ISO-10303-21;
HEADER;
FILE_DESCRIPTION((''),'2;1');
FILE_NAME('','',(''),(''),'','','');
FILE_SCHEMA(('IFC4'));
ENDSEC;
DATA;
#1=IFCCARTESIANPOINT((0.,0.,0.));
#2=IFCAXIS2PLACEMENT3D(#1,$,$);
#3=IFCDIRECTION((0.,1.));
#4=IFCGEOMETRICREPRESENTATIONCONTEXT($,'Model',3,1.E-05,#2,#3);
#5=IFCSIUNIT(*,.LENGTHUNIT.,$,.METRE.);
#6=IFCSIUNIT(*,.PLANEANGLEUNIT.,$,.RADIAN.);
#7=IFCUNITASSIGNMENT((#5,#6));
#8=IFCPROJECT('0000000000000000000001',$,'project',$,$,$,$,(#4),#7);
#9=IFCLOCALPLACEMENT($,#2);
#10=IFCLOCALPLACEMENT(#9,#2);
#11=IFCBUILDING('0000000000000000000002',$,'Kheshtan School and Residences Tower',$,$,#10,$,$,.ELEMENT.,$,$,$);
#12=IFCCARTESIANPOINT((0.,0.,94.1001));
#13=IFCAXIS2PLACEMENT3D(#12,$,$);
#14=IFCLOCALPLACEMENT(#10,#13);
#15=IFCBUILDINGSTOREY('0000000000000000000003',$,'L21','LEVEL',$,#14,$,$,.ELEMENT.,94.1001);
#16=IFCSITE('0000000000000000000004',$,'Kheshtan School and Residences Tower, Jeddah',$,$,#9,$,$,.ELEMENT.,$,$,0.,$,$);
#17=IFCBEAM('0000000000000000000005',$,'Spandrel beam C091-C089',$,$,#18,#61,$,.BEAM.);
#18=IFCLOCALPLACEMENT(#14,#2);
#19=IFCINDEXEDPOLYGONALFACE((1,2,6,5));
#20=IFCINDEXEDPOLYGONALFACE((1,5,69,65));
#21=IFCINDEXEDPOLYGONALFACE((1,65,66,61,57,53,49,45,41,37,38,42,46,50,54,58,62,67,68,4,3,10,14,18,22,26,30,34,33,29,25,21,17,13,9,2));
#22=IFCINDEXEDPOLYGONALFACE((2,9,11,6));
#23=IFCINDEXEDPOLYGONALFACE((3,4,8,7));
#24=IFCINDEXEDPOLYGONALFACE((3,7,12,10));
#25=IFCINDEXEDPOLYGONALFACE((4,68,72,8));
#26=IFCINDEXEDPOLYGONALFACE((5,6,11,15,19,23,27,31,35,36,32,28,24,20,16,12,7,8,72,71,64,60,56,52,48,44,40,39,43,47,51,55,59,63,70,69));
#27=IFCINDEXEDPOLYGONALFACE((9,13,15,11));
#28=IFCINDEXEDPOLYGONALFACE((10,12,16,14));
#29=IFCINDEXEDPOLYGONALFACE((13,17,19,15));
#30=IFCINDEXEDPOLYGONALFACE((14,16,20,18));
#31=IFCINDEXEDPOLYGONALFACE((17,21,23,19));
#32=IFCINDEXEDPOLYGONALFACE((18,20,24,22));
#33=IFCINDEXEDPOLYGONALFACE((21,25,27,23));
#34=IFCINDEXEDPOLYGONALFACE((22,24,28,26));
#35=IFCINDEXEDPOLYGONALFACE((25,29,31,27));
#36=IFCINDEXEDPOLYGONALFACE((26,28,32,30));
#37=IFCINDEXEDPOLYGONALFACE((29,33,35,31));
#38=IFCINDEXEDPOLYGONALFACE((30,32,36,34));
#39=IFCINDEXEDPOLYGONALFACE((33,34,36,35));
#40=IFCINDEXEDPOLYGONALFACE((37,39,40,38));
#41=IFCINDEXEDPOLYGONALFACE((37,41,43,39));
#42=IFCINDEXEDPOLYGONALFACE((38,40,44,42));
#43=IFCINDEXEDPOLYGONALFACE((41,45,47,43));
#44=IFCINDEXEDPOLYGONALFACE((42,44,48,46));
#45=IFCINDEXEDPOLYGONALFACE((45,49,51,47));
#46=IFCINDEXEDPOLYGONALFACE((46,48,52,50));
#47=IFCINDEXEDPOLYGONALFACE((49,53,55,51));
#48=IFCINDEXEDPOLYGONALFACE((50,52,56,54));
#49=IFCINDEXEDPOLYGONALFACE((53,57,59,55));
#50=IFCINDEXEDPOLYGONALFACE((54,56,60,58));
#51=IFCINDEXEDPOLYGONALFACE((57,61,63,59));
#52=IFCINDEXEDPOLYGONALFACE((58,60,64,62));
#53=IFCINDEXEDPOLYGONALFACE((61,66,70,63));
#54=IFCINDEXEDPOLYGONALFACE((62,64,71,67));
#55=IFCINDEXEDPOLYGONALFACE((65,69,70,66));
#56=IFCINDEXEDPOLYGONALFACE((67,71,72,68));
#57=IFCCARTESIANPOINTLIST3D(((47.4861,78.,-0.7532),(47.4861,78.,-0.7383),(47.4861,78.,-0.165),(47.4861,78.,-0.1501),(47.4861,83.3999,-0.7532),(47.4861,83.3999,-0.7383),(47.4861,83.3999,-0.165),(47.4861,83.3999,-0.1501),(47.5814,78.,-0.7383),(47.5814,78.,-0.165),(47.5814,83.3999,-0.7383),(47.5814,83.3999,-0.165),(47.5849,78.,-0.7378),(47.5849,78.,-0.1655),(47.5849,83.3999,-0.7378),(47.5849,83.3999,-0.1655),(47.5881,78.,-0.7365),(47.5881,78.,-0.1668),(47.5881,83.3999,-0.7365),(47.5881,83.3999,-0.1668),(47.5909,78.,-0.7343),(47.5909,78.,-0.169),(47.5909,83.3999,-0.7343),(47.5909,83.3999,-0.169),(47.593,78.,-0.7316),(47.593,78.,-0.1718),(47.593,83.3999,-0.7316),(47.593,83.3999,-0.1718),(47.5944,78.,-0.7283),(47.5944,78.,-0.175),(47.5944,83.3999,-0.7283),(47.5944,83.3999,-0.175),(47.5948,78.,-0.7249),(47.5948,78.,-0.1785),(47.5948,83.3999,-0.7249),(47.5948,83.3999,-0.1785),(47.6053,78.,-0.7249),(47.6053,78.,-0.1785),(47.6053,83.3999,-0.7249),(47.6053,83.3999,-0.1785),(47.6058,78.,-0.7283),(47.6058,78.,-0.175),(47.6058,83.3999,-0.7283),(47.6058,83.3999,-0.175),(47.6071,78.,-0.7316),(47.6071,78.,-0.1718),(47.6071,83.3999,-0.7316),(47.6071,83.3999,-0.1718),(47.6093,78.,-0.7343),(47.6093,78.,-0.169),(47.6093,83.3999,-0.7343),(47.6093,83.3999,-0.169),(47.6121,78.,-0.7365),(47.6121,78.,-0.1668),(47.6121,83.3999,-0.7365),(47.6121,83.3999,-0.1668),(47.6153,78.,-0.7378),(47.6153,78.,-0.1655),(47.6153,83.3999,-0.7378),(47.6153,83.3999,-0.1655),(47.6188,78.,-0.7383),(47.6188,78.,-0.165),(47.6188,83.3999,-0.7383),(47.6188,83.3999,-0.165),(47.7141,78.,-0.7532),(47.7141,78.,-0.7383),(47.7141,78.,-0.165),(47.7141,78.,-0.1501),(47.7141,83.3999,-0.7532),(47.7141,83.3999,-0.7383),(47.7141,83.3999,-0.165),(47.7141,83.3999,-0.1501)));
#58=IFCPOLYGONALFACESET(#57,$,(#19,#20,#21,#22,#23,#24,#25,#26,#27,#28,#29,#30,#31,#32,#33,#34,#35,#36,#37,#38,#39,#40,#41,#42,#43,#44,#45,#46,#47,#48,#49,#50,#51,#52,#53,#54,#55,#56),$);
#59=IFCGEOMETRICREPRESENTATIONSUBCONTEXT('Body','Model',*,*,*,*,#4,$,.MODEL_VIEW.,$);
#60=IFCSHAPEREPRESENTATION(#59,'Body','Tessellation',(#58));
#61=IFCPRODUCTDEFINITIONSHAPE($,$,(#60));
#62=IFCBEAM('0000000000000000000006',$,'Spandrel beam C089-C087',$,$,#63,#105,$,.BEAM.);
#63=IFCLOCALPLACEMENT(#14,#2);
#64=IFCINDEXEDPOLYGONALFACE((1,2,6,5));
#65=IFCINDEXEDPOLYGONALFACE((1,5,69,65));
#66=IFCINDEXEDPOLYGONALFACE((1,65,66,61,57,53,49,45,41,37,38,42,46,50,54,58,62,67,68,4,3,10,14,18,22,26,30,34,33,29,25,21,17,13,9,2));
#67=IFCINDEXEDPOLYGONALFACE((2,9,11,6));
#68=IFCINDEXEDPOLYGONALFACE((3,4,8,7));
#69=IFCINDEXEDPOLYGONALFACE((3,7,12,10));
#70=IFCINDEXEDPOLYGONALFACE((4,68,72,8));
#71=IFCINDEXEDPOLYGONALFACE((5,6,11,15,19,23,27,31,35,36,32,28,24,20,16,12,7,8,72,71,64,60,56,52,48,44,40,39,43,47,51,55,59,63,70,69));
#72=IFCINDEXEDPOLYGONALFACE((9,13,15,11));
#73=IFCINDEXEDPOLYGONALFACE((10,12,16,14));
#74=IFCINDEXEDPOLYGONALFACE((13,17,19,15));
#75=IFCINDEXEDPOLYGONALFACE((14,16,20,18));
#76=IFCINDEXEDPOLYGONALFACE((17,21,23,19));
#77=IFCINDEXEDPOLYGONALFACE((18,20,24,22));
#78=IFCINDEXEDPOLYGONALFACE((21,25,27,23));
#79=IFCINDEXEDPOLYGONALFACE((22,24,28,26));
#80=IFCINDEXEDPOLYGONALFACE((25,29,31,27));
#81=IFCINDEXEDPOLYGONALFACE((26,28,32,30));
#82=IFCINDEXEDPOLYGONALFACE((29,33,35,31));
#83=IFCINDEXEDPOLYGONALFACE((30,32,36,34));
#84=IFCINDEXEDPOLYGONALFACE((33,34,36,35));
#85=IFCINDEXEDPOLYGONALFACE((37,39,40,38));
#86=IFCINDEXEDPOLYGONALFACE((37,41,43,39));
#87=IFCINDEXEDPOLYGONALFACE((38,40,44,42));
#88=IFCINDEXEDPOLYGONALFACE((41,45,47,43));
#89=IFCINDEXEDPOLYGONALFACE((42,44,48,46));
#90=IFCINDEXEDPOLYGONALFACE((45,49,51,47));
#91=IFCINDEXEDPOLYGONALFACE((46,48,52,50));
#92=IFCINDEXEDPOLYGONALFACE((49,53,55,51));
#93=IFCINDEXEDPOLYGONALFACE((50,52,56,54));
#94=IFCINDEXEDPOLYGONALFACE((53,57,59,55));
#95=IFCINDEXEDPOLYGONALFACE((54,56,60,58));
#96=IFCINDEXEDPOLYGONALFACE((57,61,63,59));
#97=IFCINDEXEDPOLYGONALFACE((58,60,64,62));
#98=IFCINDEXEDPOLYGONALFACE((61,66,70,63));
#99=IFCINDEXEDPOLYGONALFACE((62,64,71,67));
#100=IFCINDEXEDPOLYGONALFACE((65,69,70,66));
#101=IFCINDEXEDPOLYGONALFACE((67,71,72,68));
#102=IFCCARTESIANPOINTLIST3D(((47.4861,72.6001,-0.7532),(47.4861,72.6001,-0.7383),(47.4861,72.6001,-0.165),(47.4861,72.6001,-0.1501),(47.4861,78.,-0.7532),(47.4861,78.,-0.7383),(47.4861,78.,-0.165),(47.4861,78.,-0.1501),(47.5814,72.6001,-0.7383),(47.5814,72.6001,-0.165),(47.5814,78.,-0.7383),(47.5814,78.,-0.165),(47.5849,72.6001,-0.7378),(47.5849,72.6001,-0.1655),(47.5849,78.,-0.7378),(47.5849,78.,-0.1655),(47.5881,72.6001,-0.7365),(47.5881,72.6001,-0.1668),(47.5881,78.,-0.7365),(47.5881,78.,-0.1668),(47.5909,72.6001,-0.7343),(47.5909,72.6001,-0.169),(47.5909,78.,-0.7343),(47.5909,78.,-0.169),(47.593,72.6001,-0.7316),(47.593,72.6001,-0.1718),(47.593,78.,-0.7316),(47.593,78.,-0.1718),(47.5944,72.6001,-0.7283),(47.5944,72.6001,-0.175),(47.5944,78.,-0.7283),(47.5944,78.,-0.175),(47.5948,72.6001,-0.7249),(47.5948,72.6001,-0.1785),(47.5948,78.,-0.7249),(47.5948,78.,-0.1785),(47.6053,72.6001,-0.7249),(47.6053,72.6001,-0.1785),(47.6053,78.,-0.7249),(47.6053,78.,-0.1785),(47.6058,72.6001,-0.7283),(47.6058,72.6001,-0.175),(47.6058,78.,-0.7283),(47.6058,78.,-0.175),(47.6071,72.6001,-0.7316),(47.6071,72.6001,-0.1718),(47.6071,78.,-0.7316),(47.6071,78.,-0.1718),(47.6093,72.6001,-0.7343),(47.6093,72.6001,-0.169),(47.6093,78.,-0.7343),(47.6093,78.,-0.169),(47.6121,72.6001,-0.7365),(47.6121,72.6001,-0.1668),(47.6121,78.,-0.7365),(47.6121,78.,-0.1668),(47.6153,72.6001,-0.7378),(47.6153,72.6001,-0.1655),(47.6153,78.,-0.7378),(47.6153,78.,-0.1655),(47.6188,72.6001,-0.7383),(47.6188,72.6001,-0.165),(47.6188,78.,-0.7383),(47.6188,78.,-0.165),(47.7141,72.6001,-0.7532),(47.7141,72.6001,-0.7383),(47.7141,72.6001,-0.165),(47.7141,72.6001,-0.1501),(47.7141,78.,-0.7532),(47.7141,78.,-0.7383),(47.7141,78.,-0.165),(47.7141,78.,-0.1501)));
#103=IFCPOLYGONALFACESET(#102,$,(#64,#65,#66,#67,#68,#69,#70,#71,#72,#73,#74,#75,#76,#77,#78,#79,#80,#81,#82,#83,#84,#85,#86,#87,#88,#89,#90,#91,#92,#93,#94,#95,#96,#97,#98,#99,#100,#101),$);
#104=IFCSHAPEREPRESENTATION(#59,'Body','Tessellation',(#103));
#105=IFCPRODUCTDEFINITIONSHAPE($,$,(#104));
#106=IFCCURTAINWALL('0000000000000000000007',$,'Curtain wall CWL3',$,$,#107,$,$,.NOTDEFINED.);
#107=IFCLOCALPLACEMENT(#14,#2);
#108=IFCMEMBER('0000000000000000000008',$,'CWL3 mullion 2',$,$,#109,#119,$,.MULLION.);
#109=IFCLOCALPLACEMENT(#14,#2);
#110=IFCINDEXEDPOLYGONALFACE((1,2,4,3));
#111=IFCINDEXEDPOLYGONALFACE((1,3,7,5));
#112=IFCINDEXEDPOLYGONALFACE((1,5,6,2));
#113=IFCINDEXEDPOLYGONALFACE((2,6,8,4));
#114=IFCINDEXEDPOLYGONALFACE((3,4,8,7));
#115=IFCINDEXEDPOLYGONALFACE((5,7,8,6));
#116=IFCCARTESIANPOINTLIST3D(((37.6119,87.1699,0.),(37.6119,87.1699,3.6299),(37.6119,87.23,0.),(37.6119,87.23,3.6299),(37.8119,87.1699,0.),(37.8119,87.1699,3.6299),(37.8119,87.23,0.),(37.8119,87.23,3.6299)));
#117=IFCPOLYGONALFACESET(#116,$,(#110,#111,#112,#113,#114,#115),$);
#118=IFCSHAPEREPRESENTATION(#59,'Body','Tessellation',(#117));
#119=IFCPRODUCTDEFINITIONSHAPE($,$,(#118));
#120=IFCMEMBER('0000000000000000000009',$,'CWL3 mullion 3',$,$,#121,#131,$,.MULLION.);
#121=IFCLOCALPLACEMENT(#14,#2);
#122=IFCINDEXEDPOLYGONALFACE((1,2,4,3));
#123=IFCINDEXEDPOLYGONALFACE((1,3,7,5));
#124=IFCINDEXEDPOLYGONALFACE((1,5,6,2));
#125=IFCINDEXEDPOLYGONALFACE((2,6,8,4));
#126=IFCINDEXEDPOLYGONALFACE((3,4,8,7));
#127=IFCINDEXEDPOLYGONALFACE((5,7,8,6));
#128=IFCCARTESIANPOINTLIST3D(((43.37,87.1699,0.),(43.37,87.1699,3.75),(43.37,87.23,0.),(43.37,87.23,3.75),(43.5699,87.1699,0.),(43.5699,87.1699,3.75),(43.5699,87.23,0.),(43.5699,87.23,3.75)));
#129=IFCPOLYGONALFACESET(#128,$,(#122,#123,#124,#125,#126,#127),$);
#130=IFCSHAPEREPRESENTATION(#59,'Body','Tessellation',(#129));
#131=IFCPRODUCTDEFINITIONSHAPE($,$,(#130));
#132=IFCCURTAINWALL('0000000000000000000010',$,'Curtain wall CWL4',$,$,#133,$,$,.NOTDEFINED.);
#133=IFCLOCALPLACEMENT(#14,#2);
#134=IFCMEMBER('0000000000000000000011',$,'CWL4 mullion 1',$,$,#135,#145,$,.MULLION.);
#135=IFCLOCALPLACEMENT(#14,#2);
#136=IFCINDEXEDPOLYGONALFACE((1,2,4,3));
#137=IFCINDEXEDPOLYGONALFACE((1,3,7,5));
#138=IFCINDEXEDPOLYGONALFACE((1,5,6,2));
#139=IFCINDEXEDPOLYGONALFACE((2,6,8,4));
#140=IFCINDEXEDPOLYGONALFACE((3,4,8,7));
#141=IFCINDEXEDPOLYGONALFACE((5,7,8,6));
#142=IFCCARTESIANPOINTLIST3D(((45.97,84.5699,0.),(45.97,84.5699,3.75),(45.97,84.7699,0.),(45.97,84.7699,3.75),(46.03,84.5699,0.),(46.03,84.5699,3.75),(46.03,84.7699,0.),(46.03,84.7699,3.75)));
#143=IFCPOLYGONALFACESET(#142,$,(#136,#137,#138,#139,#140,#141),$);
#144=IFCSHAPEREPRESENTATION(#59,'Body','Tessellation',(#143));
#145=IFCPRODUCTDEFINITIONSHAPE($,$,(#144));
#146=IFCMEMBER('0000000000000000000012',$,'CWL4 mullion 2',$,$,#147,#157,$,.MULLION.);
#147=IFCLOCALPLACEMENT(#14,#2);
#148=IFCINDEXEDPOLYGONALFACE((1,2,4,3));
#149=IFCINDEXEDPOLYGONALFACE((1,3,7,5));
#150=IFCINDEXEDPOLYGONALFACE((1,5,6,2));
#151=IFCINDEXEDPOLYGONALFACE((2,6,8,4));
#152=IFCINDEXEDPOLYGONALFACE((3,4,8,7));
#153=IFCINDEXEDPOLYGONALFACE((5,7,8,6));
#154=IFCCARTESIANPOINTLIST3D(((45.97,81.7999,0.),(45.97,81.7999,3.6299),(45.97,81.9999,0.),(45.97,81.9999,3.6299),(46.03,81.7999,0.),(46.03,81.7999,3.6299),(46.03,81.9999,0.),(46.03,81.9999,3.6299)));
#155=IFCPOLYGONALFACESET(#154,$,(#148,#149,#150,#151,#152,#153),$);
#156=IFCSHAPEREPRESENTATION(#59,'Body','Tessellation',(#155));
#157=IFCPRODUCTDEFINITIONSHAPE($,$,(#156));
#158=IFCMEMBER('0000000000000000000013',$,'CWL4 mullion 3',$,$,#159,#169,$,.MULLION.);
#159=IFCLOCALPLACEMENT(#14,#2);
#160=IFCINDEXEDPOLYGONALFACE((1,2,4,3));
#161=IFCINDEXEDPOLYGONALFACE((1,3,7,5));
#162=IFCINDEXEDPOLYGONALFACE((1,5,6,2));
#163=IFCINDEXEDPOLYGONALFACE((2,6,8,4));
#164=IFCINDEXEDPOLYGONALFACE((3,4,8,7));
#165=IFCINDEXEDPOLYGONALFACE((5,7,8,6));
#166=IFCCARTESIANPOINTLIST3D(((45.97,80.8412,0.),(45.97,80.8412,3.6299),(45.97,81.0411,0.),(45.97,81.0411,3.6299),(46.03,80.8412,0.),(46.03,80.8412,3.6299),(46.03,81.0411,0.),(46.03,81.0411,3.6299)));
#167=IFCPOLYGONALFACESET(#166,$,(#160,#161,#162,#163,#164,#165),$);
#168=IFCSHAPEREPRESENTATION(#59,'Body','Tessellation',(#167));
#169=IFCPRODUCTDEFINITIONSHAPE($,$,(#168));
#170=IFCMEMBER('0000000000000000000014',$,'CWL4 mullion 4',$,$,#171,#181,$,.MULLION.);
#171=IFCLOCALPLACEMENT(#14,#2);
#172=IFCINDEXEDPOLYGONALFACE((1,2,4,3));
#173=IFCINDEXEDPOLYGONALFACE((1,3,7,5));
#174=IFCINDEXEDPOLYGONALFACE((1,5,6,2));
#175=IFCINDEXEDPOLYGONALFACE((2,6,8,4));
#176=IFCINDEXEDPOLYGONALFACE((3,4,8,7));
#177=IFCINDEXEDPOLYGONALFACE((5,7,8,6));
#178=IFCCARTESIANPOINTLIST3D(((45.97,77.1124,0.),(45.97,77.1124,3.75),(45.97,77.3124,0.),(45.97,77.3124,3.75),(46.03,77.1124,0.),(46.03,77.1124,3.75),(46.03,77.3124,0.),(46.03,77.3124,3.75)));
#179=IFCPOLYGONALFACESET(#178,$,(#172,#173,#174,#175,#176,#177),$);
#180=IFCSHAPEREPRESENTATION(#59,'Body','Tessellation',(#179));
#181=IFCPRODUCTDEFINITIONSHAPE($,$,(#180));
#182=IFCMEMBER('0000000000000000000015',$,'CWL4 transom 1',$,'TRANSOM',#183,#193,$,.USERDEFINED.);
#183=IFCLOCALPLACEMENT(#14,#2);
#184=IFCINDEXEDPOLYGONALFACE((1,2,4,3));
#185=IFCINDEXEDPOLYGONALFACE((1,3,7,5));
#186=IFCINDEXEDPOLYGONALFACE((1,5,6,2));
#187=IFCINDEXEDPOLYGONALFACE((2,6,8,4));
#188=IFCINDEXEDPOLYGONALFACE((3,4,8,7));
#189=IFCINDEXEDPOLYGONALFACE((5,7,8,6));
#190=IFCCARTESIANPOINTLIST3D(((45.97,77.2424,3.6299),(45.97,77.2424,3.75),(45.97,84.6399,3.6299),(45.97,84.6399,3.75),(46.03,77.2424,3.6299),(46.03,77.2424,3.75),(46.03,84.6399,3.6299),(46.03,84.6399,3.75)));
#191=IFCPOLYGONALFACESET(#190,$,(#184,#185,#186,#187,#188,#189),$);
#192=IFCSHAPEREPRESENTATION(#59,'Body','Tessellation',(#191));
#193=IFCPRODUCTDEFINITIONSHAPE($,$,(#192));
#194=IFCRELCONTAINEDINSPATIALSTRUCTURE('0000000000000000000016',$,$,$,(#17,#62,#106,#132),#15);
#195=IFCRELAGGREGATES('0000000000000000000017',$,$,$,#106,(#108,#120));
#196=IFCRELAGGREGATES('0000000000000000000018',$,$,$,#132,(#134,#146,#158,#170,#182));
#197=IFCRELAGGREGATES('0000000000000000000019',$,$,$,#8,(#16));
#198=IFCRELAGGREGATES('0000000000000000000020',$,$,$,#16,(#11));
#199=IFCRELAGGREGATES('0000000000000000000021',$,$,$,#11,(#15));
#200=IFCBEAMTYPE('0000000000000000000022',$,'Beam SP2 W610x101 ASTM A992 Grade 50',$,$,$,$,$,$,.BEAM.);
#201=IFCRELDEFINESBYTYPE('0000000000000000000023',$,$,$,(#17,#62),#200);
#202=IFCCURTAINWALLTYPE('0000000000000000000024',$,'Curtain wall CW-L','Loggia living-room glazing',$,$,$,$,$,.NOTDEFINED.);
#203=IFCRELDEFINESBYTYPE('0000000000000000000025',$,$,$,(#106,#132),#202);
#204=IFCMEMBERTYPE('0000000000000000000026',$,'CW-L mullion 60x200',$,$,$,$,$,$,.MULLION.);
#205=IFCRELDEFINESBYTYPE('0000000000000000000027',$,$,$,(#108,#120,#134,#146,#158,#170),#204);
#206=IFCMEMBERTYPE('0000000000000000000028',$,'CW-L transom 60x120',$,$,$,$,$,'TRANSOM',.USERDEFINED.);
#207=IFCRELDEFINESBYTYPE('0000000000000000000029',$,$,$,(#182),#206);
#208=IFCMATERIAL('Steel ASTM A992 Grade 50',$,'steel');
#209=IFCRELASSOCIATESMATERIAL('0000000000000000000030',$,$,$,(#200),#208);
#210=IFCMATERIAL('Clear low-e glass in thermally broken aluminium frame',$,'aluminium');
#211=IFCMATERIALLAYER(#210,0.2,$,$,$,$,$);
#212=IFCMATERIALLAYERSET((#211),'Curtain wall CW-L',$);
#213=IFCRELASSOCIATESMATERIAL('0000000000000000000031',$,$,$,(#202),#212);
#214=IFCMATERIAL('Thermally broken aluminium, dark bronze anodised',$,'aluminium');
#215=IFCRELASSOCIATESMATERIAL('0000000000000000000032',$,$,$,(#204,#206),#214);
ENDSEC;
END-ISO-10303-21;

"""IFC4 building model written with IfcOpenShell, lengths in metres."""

from ifc_helpers import new_model, si_unit, direction, frame, origin, origin_2d, place, context, subcontext, project, spatial, rectangle, i_section, extrude, material, layer, layer_set, material_profile, profile_set, type_object, element, aggregate, save


model = new_model("IFC4")

# Units and contexts
model_context = context("Model", 3, precision=1e-05, world=origin(), true_north=direction((0.0, 1.0)))
body_context = subcontext(model_context, "Body", "Model", "MODEL_VIEW")
ifc_project = project(units=[si_unit("LENGTHUNIT", "METRE"), si_unit("PLANEANGLEUNIT", "RADIAN")], contexts=[model_context])

# Site, building, storey
site_placement = place(None, origin())
site = spatial("IfcSite", under=ifc_project, at=site_placement, Name="Kheshtan School and Residences Tower, Jeddah", CompositionType="ELEMENT", RefElevation=0.0)
building_placement = place(site_placement, origin())
building = spatial("IfcBuilding", under=site, at=building_placement, Name="Kheshtan School and Residences Tower", CompositionType="ELEMENT")
storey_placement = place(building_placement, frame((0.0, 0.0, 94.1001)))
storey = spatial("IfcBuildingStorey", under=building, at=storey_placement, Name="L21", Description="LEVEL", CompositionType="ELEMENT", Elevation=94.1001)

# Shared definitions
ifc_material_1 = material(Name="Steel ASTM A992 Grade 50", Category="steel")

# Beams
ifc_material_profile_1 = material_profile(ifc_material_1, i_section(OverallWidth=0.228, OverallDepth=0.603, WebThickness=0.0105, FlangeThickness=0.0149, FilletRadius=0.0134, at=origin_2d()), Name="W610x101")
ifc_profile_set_1 = profile_set([ifc_material_profile_1], Name="Steel ASTM A992 Grade 50")
beam_type = type_object("IfcBeamType", Name="Beam SP2 W610x101 ASTM A992 Grade 50", PredefinedType="BEAM", material=ifc_profile_set_1)
for number, where, z_axis, x_axis, name in (
    (1, (47.6001, 83.3999, -0.4517), (0.0, -1.0, 0.0), (1.0, 0.0, 0.0), "Spandrel beam C091-C089"),
    (2, (47.6001, 78.0, -0.4517), (0.0, -1.0, 0.0), (1.0, 0.0, 0.0), "Spandrel beam C089-C087"),
):
    element("IfcBeam", number, at=place(storey_placement, frame(where, z_axis=z_axis, x_axis=x_axis)), inside=storey, type_object=beam_type, Name=name, PredefinedType="BEAM", context=body_context, shape_type="SweptSolid", body=[
        extrude(i_section(OverallWidth=0.228, OverallDepth=0.603, WebThickness=0.0105, FlangeThickness=0.0149, FilletRadius=0.0134, at=origin_2d()), origin(), (0.0, 0.0, 1.0), 5.3999),
    ])

# Curtain walls, members
ifc_material_2 = material(Name="Clear low-e glass in thermally broken aluminium frame", Category="aluminium")
ifc_layer_1 = layer(ifc_material_2, 0.2)
ifc_layer_set_1 = layer_set([ifc_layer_1], Name="Curtain wall CW-L")
curtain_wall_type = type_object("IfcCurtainWallType", Name="Curtain wall CW-L", Description="Loggia living-room glazing", PredefinedType="NOTDEFINED", material=ifc_layer_set_1)
curtain_wall_1_placement = place(storey_placement, origin())
curtain_wall_1 = element("IfcCurtainWall", 3, at=curtain_wall_1_placement, inside=storey, type_object=curtain_wall_type, Name="Curtain wall CWL3", PredefinedType="NOTDEFINED")
ifc_material_3 = material(Name="Thermally broken aluminium, dark bronze anodised", Category="aluminium")
ifc_material_profile_2 = material_profile(ifc_material_3, rectangle(XDim=0.0601, YDim=0.2, at=origin_2d()), Name="CW-L mullion 60x200")
ifc_profile_set_2 = profile_set([ifc_material_profile_2], Name="Thermally broken aluminium, dark bronze anodised")
member_type_1 = type_object("IfcMemberType", Name="CW-L mullion 60x200", PredefinedType="MULLION", material=ifc_profile_set_2)
member_1_placement = place(storey_placement, frame((37.7119, 87.2, 0.0), z_axis=(0.0, 0.0, 1.0), x_axis=(0.0, 1.0, 0.0)))
member_1 = element("IfcMember", 4, at=member_1_placement, type_object=member_type_1, Name="CWL3 mullion 2", PredefinedType="MULLION", context=body_context, shape_type="SweptSolid", body=[
    extrude(rectangle(XDim=0.0601, YDim=0.2, at=origin_2d()), origin(), (0.0, 0.0, 1.0), 3.6299),
])
member_2_placement = place(storey_placement, frame((43.47, 87.2, 0.0), z_axis=(0.0, 0.0, 1.0), x_axis=(0.0, 1.0, 0.0)))
member_2 = element("IfcMember", 5, at=member_2_placement, type_object=member_type_1, Name="CWL3 mullion 3", PredefinedType="MULLION", context=body_context, shape_type="SweptSolid", body=[
    extrude(rectangle(XDim=0.0601, YDim=0.2, at=origin_2d()), origin(), (0.0, 0.0, 1.0), 3.75),
])
curtain_wall_2_placement = place(storey_placement, origin())
curtain_wall_2 = element("IfcCurtainWall", 6, at=curtain_wall_2_placement, inside=storey, type_object=curtain_wall_type, Name="Curtain wall CWL4", PredefinedType="NOTDEFINED")
member_3_placement = place(storey_placement, frame((46.0, 84.6699, 0.0), z_axis=(0.0, 0.0, 1.0), x_axis=(1.0, 0.0, 0.0)))
member_3 = element("IfcMember", 7, at=member_3_placement, type_object=member_type_1, Name="CWL4 mullion 1", PredefinedType="MULLION", context=body_context, shape_type="SweptSolid", body=[
    extrude(rectangle(XDim=0.0601, YDim=0.2, at=origin_2d()), origin(), (0.0, 0.0, 1.0), 3.75),
])
member_4_placement = place(storey_placement, frame((46.0, 81.8999, 0.0), z_axis=(0.0, 0.0, 1.0), x_axis=(1.0, 0.0, 0.0)))
member_4 = element("IfcMember", 8, at=member_4_placement, type_object=member_type_1, Name="CWL4 mullion 2", PredefinedType="MULLION", context=body_context, shape_type="SweptSolid", body=[
    extrude(rectangle(XDim=0.0601, YDim=0.2, at=origin_2d()), origin(), (0.0, 0.0, 1.0), 3.6299),
])
member_5_placement = place(storey_placement, frame((46.0, 80.9412, 0.0), z_axis=(0.0, 0.0, 1.0), x_axis=(1.0, 0.0, 0.0)))
member_5 = element("IfcMember", 9, at=member_5_placement, type_object=member_type_1, Name="CWL4 mullion 3", PredefinedType="MULLION", context=body_context, shape_type="SweptSolid", body=[
    extrude(rectangle(XDim=0.0601, YDim=0.2, at=origin_2d()), origin(), (0.0, 0.0, 1.0), 3.6299),
])
member_6_placement = place(storey_placement, frame((46.0, 77.2124, 0.0), z_axis=(0.0, 0.0, 1.0), x_axis=(1.0, 0.0, 0.0)))
member_6 = element("IfcMember", 10, at=member_6_placement, type_object=member_type_1, Name="CWL4 mullion 4", PredefinedType="MULLION", context=body_context, shape_type="SweptSolid", body=[
    extrude(rectangle(XDim=0.0601, YDim=0.2, at=origin_2d()), origin(), (0.0, 0.0, 1.0), 3.75),
])
ifc_material_profile_3 = material_profile(ifc_material_3, rectangle(XDim=0.0601, YDim=0.1201, at=origin_2d()), Name="CW-L transom 60x120")
ifc_profile_set_3 = profile_set([ifc_material_profile_3], Name="Thermally broken aluminium, dark bronze anodised")
member_type_2 = type_object("IfcMemberType", Name="CW-L transom 60x120", ElementType="TRANSOM", PredefinedType="USERDEFINED", material=ifc_profile_set_3)
member_7_placement = place(storey_placement, frame((46.0, 84.6399, 3.6899), z_axis=(0.0, -1.0, 0.0), x_axis=(1.0, 0.0, 0.0)))
member_7 = element("IfcMember", 11, at=member_7_placement, type_object=member_type_2, Name="CWL4 transom 1", ObjectType="TRANSOM", PredefinedType="USERDEFINED", context=body_context, shape_type="SweptSolid", body=[
    extrude(rectangle(XDim=0.0601, YDim=0.1201, at=origin_2d()), origin(), (0.0, 0.0, 1.0), 7.3975),
])

aggregate(curtain_wall_1, [member_1, member_2])
aggregate(curtain_wall_2, [member_3, member_4, member_5, member_6, member_7])

save(model, "model.ifc")
